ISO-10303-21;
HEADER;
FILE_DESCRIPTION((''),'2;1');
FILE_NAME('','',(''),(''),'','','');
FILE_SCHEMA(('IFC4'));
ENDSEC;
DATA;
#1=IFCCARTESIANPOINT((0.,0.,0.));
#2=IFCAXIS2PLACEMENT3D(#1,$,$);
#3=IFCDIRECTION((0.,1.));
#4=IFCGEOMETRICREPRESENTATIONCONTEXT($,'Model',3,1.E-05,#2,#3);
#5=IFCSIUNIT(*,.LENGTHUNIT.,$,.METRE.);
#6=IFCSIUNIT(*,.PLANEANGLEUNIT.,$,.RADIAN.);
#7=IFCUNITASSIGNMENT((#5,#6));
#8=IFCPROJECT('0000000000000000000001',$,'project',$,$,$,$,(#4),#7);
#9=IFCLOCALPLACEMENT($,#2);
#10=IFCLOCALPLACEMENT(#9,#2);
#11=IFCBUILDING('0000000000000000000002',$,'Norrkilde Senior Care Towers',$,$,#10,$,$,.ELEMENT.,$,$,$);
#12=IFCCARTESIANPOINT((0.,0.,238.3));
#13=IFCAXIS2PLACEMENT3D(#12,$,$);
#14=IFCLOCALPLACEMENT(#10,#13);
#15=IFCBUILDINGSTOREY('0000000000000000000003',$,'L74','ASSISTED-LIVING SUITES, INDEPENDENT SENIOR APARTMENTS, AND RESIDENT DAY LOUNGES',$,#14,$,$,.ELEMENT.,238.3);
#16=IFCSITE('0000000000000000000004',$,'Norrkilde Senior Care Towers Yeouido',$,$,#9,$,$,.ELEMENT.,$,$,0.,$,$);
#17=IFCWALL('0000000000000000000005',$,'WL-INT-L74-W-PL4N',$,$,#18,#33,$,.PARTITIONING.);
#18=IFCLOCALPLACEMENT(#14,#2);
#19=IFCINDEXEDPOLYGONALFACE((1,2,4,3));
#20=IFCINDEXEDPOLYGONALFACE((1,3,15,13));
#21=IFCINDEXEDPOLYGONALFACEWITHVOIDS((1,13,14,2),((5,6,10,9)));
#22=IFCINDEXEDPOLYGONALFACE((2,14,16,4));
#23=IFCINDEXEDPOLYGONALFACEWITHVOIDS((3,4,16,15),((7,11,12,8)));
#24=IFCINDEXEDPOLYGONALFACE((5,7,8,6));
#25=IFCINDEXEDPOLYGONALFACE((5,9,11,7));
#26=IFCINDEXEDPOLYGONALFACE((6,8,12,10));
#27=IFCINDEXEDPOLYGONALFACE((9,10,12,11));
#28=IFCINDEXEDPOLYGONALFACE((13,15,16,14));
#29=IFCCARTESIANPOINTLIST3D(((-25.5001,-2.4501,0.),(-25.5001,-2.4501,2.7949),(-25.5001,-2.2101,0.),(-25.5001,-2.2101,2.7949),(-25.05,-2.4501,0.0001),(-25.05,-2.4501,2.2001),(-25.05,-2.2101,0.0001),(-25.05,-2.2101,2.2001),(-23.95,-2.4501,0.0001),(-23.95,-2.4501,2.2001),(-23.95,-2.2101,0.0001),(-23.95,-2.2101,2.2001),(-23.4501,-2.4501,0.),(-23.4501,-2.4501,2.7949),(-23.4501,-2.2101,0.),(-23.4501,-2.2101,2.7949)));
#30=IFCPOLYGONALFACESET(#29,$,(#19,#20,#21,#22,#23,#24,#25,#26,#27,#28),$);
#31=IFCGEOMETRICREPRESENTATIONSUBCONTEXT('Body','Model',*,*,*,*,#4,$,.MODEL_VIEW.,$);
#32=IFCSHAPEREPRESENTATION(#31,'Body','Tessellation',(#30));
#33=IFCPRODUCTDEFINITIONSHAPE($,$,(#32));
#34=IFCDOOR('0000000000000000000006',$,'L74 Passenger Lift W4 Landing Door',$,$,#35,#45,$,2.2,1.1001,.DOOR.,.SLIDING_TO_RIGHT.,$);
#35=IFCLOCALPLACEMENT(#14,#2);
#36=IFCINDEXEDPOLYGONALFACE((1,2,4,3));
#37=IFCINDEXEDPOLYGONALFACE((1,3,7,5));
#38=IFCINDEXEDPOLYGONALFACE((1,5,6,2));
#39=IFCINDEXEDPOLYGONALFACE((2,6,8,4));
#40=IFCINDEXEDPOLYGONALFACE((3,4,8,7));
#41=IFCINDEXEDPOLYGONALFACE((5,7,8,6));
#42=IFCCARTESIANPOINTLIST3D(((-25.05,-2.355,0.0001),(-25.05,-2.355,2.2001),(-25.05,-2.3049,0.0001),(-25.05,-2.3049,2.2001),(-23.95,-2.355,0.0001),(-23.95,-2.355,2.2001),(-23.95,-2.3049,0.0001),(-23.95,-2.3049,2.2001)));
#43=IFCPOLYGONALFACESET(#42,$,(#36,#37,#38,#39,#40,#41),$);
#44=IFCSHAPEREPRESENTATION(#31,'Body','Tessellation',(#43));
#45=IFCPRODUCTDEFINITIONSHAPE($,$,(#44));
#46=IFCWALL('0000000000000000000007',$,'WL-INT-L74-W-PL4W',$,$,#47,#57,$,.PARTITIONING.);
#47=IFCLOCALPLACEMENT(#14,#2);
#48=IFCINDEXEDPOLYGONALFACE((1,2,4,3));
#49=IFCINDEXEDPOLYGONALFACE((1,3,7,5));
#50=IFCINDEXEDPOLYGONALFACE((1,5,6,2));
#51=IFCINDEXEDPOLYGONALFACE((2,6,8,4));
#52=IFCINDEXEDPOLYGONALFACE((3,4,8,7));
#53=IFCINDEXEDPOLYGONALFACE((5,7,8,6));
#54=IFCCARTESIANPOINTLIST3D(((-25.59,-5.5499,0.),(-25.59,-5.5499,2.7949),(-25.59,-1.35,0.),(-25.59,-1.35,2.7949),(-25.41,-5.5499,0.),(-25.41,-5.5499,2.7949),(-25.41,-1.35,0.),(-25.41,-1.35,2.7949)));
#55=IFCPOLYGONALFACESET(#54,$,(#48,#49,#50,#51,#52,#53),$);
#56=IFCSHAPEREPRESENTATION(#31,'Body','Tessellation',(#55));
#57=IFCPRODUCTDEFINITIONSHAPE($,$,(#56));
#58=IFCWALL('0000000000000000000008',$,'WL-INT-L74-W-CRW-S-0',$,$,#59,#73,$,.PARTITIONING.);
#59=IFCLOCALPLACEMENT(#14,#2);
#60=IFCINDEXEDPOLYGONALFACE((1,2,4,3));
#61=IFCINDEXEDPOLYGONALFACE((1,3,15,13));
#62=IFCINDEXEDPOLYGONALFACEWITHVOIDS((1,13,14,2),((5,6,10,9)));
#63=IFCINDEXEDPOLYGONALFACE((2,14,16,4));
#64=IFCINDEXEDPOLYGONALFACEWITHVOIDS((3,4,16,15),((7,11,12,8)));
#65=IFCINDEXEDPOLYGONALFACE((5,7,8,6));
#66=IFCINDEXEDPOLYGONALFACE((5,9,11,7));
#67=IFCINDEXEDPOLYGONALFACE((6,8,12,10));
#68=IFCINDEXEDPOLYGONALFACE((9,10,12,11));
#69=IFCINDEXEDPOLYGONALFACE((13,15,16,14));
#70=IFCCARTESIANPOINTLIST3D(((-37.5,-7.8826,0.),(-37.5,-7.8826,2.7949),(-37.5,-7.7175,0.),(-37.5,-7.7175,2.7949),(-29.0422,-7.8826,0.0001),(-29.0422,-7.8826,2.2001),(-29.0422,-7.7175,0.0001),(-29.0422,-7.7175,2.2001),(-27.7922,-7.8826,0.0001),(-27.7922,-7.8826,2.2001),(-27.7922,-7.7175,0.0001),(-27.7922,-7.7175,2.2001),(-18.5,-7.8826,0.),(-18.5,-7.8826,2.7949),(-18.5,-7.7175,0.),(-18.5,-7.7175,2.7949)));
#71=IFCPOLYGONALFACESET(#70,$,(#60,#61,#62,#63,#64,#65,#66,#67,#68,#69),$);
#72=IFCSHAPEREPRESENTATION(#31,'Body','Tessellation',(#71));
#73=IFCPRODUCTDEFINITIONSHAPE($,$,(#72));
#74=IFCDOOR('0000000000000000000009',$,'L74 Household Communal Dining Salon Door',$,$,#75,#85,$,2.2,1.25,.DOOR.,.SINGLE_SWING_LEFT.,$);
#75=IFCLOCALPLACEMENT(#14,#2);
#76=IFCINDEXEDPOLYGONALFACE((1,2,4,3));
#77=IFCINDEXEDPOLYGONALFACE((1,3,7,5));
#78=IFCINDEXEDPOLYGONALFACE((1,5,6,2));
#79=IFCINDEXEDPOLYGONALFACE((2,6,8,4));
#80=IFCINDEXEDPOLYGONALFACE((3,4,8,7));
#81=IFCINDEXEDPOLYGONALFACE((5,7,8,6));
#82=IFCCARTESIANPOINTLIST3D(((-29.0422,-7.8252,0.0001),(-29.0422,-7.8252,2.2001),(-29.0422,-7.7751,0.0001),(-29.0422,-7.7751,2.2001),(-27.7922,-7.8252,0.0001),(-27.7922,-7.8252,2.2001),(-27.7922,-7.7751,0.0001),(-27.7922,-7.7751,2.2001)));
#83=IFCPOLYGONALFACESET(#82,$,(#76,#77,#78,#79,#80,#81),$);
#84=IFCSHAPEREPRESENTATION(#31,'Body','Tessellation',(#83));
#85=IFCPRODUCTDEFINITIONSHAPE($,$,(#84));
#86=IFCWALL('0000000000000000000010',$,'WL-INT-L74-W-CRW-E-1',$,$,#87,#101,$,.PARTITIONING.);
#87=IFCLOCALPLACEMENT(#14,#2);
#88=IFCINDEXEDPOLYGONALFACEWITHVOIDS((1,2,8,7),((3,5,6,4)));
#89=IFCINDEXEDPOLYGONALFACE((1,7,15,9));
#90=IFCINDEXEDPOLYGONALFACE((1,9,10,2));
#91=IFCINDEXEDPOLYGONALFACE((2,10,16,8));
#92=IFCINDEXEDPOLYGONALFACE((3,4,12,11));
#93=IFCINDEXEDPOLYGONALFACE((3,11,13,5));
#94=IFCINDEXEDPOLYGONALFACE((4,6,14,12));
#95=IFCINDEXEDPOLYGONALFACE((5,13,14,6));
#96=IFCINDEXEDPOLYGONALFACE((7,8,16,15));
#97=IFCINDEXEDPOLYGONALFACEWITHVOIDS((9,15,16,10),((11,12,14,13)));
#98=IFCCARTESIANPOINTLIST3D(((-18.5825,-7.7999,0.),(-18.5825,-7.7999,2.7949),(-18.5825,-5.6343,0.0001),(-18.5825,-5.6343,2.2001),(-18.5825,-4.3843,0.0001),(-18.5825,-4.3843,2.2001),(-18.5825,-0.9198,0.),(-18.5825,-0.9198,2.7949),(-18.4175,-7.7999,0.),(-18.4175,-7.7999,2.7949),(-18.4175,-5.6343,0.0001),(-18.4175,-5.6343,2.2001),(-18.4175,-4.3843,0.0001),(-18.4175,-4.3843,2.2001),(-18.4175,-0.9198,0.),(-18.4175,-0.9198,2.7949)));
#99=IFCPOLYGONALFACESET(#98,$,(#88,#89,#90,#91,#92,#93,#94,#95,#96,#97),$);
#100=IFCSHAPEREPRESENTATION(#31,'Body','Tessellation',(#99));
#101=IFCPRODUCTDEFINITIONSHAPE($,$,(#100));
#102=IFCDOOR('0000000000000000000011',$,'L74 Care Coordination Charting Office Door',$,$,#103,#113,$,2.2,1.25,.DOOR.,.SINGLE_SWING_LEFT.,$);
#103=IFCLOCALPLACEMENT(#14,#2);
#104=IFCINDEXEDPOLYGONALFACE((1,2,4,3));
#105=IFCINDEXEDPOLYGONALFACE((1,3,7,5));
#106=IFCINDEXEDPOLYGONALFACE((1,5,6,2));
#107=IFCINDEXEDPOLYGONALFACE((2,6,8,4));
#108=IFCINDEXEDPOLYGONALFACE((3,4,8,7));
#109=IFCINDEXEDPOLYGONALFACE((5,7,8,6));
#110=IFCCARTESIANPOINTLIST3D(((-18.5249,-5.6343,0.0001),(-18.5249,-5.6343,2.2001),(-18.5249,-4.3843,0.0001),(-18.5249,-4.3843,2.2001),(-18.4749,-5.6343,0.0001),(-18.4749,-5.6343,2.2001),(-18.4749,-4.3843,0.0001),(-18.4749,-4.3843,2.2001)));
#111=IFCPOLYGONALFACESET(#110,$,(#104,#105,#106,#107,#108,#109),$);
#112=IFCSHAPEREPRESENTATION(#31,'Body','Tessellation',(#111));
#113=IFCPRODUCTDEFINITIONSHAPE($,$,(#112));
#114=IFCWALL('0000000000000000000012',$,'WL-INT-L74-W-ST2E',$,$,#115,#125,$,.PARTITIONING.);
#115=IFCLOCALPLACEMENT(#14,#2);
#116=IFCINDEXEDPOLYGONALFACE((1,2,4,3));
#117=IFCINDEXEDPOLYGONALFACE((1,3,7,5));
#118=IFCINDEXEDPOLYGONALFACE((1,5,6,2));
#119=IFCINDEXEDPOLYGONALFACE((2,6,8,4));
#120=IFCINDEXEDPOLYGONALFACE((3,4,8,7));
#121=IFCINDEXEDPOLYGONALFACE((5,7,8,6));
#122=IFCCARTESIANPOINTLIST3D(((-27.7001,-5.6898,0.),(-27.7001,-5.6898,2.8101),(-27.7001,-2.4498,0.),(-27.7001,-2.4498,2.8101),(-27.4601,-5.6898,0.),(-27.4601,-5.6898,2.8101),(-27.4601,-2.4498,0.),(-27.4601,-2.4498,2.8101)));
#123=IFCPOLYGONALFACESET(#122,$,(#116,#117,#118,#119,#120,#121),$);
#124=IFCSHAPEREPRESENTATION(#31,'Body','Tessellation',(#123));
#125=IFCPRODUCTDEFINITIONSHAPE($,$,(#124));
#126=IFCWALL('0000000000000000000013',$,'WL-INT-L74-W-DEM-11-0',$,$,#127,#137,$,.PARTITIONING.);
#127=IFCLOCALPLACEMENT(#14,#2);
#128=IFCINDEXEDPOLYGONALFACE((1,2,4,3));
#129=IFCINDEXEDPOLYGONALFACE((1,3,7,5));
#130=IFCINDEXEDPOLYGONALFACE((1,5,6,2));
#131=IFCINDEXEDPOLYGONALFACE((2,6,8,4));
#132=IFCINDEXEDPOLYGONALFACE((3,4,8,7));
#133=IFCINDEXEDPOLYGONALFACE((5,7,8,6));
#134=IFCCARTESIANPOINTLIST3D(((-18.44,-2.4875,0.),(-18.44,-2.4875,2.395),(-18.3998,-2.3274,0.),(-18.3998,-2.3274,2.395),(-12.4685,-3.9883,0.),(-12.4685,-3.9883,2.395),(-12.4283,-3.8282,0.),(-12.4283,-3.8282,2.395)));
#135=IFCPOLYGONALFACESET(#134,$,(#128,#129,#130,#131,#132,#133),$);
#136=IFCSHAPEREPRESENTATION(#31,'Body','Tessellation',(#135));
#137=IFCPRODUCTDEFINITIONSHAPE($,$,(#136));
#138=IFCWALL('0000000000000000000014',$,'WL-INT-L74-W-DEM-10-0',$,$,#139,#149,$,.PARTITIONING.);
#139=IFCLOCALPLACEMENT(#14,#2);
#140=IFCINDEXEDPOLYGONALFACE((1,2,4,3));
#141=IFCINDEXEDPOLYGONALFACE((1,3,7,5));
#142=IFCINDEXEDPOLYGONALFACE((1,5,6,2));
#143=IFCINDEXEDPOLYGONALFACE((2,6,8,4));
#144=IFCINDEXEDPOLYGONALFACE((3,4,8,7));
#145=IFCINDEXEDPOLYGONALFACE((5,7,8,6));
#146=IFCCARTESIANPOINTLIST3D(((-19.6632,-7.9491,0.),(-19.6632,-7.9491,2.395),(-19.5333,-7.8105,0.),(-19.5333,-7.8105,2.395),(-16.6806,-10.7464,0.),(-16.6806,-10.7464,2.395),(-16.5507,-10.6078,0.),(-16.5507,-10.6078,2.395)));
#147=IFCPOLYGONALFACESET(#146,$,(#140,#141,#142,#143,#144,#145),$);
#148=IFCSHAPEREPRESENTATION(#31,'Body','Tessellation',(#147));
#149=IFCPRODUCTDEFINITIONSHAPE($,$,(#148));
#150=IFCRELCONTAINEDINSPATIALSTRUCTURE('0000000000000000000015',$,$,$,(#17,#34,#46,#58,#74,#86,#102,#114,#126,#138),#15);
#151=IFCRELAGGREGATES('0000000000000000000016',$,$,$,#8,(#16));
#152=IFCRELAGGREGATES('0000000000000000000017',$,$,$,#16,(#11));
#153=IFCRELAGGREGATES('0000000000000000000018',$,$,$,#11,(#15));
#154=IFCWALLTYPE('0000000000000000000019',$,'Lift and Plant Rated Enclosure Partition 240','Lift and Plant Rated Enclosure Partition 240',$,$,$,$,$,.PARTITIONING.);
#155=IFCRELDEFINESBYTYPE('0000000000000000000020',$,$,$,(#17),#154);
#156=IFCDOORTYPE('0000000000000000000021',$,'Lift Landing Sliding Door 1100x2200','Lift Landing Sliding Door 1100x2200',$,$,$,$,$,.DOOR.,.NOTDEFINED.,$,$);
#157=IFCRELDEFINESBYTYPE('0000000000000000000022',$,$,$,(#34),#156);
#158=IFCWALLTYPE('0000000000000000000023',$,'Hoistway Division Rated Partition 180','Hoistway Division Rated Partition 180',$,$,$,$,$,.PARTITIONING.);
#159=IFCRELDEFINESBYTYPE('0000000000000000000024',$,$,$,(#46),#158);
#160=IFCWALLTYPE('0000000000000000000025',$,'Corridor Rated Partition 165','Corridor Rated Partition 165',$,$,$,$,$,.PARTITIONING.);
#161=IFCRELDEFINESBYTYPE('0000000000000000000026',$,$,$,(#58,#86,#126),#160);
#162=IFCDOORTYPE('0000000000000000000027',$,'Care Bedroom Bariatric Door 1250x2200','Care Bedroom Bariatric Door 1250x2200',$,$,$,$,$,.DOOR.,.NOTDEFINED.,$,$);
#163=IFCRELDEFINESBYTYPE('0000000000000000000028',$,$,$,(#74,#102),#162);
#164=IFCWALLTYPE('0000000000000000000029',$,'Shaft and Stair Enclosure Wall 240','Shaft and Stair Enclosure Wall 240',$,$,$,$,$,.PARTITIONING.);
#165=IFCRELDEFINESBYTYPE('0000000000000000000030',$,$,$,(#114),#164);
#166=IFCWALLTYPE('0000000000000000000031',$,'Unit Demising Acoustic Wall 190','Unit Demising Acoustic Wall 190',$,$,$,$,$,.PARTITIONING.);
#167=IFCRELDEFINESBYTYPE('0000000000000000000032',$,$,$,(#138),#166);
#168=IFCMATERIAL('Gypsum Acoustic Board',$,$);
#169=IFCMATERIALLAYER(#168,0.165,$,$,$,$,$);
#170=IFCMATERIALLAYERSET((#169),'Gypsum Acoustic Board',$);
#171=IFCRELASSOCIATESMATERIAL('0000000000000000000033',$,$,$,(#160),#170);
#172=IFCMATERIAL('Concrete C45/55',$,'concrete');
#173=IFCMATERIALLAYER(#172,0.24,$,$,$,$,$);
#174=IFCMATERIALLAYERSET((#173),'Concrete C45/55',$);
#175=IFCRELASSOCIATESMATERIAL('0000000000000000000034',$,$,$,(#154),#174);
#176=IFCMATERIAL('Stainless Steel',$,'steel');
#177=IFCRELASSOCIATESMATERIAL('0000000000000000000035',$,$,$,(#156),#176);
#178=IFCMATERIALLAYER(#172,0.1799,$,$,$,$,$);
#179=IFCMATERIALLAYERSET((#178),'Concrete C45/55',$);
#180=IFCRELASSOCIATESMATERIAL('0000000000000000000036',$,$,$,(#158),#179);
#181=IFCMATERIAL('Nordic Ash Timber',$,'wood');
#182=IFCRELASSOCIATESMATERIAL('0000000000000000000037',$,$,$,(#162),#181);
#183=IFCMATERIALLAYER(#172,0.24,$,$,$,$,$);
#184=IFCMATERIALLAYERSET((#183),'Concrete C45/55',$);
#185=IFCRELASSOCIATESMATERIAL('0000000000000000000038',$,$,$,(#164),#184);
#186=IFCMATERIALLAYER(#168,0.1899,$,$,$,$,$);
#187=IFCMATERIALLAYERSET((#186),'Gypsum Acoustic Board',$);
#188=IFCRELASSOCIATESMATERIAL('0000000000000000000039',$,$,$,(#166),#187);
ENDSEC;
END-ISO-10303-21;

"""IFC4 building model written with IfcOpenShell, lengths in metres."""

from ifc_helpers import new_model, si_unit, direction, frame, frame_2d, origin, place, context, subcontext, project, spatial, rectangle, extrude, source, transform, mapped, material, layer, layer_set, type_object, type_shapes, element, fill, save


model = new_model("IFC4")

# Units and contexts
model_context = context("Model", 3, precision=1e-05, world=origin(), true_north=direction((0.0, 1.0)))
body_context = subcontext(model_context, "Body", "Model", "MODEL_VIEW")
ifc_project = project(units=[si_unit("LENGTHUNIT", "METRE"), si_unit("PLANEANGLEUNIT", "RADIAN")], contexts=[model_context])

# Site, building, storey
site_placement = place(None, origin())
site = spatial("IfcSite", under=ifc_project, at=site_placement, Name="Norrkilde Senior Care Towers Yeouido", CompositionType="ELEMENT", RefElevation=0.0)
building_placement = place(site_placement, origin())
building = spatial("IfcBuilding", under=site, at=building_placement, Name="Norrkilde Senior Care Towers", CompositionType="ELEMENT")
storey_placement = place(building_placement, frame((0.0, 0.0, 238.3)))
storey = spatial("IfcBuildingStorey", under=building, at=storey_placement, Name="L74", Description="ASSISTED-LIVING SUITES, INDEPENDENT SENIOR APARTMENTS, AND RESIDENT DAY LOUNGES", CompositionType="ELEMENT", Elevation=238.3)

# Shared definitions
ifc_material_1 = material(Name="Concrete C45/55", Category="concrete")

# Shared definitions
ifc_material_2 = material(Name="Gypsum Acoustic Board")
ifc_layer_1 = layer(ifc_material_2, 0.165)
ifc_layer_set_1 = layer_set([ifc_layer_1], Name="Gypsum Acoustic Board")
wall_type_1 = type_object("IfcWallType", Name="Corridor Rated Partition 165", Description="Corridor Rated Partition 165", PredefinedType="PARTITIONING", material=ifc_layer_set_1)

# Wall, opening, door
ifc_layer_2 = layer(ifc_material_1, 0.24)
ifc_layer_set_2 = layer_set([ifc_layer_2], Name="Concrete C45/55")
wall_type_2 = type_object("IfcWallType", Name="Lift and Plant Rated Enclosure Partition 240", Description="Lift and Plant Rated Enclosure Partition 240", PredefinedType="PARTITIONING", material=ifc_layer_set_2)
shared_shape_1 = source(origin(), body_context, "Body", "SweptSolid", [
    extrude(rectangle(XDim=2.05, YDim=0.24, at=frame_2d((1.0249, 0.0))), origin(), (0.0, 0.0, 1.0), 2.7949),
])
type_shapes(wall_type_2, [shared_shape_1])
wall_1_placement = place(storey_placement, frame((-25.5, -2.3301, 0.0), z_axis=(0.0, 0.0, 1.0), x_axis=(1.0, 0.0, 0.0)))
wall_1 = element("IfcWall", 1, at=wall_1_placement, inside=storey, type_object=wall_type_2, Name="WL-INT-L74-W-PL4N", PredefinedType="PARTITIONING", context=body_context, shape_type="MappedRepresentation", body=[
    mapped(shared_shape_1, transform((0.0, 0.0, 0.0), x_axis=(1.0, 0.0, 0.0), y_axis=(0.0, 1.0, 0.0), z_axis=(0.0, 0.0, 1.0), scale=1.0)),
])
opening_1_placement = place(wall_1_placement, frame((0.45, 0.0, 0.0)))
opening_1 = element("IfcOpeningElement", 2, at=opening_1_placement, cuts=wall_1, PredefinedType="OPENING", context=body_context, shape_type="SweptSolid", body=[
    extrude(rectangle(XDim=1.1001, YDim=2.2, at=frame_2d((0.55, 1.1001))), frame((0.0, 0.1299, 0.0), z_axis=(0.0, -1.0, 0.0), x_axis=(1.0, 0.0, 0.0)), (0.0, 0.0, 1.0), 0.26),
])
ifc_material_3 = material(Name="Stainless Steel", Category="steel")
door_type_1 = type_object("IfcDoorType", Name="Lift Landing Sliding Door 1100x2200", Description="Lift Landing Sliding Door 1100x2200", OperationType="NOTDEFINED", PredefinedType="DOOR", material=ifc_material_3)
shared_shape_2 = source(origin(), body_context, "Body", "SweptSolid", [
    extrude(rectangle(XDim=1.1001, YDim=2.2, at=frame_2d((0.55, 1.1001))), frame((0.0, 0.0249, 0.0), z_axis=(0.0, -1.0, 0.0), x_axis=(1.0, 0.0, 0.0)), (0.0, 0.0, 1.0), 0.05),
])
type_shapes(door_type_1, [shared_shape_2])
door_1_placement = place(opening_1_placement, frame((1.1001, 0.0, 0.0), z_axis=(0.0, 0.0, 1.0), x_axis=(-1.0, 0.0, 0.0)))
door_1 = element("IfcDoor", 3, at=door_1_placement, inside=storey, type_object=door_type_1, Name="L74 Passenger Lift W4 Landing Door", OperationType="SLIDING_TO_RIGHT", OverallHeight=2.2, OverallWidth=1.1001, PredefinedType="DOOR", context=body_context, shape_type="MappedRepresentation", body=[
    mapped(shared_shape_2, transform((0.0, 0.0, 0.0), x_axis=(1.0, 0.0, 0.0), y_axis=(0.0, 1.0, 0.0), z_axis=(0.0, 0.0, 1.0), scale=1.0)),
])
fill(opening_1, door_1)

# Wall
ifc_layer_3 = layer(ifc_material_1, 0.1799)
ifc_layer_set_3 = layer_set([ifc_layer_3], Name="Concrete C45/55")
wall_type_3 = type_object("IfcWallType", Name="Hoistway Division Rated Partition 180", Description="Hoistway Division Rated Partition 180", PredefinedType="PARTITIONING", material=ifc_layer_set_3)
shared_shape_3 = source(origin(), body_context, "Body", "SweptSolid", [
    extrude(rectangle(XDim=4.2, YDim=0.1799, at=frame_2d((2.1001, 0.0))), origin(), (0.0, 0.0, 1.0), 2.7949),
])
type_shapes(wall_type_3, [shared_shape_3])
wall_2_placement = place(storey_placement, frame((-25.5, -5.55, 0.0), z_axis=(0.0, 0.0, 1.0), x_axis=(0.0, 1.0, 0.0)))
element("IfcWall", 4, at=wall_2_placement, inside=storey, type_object=wall_type_3, Name="WL-INT-L74-W-PL4W", PredefinedType="PARTITIONING", context=body_context, shape_type="MappedRepresentation", body=[
    mapped(shared_shape_3, transform((0.0, 0.0, 0.0), x_axis=(1.0, 0.0, 0.0), y_axis=(0.0, 1.0, 0.0), z_axis=(0.0, 0.0, 1.0), scale=1.0)),
])

# Walls, openings, doors
shared_shape_4 = source(origin(), body_context, "Body", "SweptSolid", [
    extrude(rectangle(XDim=19.0, YDim=0.165, at=frame_2d((9.5, 0.0))), origin(), (0.0, 0.0, 1.0), 2.7949),
])
wall_3_placement = place(storey_placement, frame((-18.5, -7.8, 0.0), z_axis=(0.0, 0.0, 1.0), x_axis=(-1.0, 0.0, 0.0)))
wall_3 = element("IfcWall", 5, at=wall_3_placement, inside=storey, type_object=wall_type_1, Name="WL-INT-L74-W-CRW-S-0", PredefinedType="PARTITIONING", context=body_context, shape_type="MappedRepresentation", body=[
    mapped(shared_shape_4, transform((0.0, 0.0, 0.0), x_axis=(1.0, 0.0, 0.0), y_axis=(0.0, 1.0, 0.0), z_axis=(0.0, 0.0, 1.0), scale=1.0)),
])
opening_2_placement = place(wall_3_placement, frame((9.2922, 0.0, 0.0)))
opening_2 = element("IfcOpeningElement", 6, at=opening_2_placement, cuts=wall_3, PredefinedType="OPENING", context=body_context, shape_type="SweptSolid", body=[
    extrude(rectangle(XDim=1.25, YDim=2.2, at=frame_2d((0.625, 1.1001))), frame((0.0, 0.0925, 0.0), z_axis=(0.0, -1.0, 0.0), x_axis=(1.0, 0.0, 0.0)), (0.0, 0.0, 1.0), 0.1851),
])
ifc_material_4 = material(Name="Nordic Ash Timber", Category="wood")
door_type_2 = type_object("IfcDoorType", Name="Care Bedroom Bariatric Door 1250x2200", Description="Care Bedroom Bariatric Door 1250x2200", OperationType="NOTDEFINED", PredefinedType="DOOR", material=ifc_material_4)
shared_shape_5 = source(origin(), body_context, "Body", "SweptSolid", [
    extrude(rectangle(XDim=1.25, YDim=2.2, at=frame_2d((0.625, 1.1001))), frame((0.0, 0.0249, 0.0), z_axis=(0.0, -1.0, 0.0), x_axis=(1.0, 0.0, 0.0)), (0.0, 0.0, 1.0), 0.05),
])
type_shapes(door_type_2, [shared_shape_5])
door_2_placement = place(opening_2_placement, frame((1.25, 0.0, 0.0), z_axis=(0.0, 0.0, 1.0), x_axis=(-1.0, 0.0, 0.0)))
door_2 = element("IfcDoor", 7, at=door_2_placement, inside=storey, type_object=door_type_2, Name="L74 Household Communal Dining Salon Door", OperationType="SINGLE_SWING_LEFT", OverallHeight=2.2, OverallWidth=1.25, PredefinedType="DOOR", context=body_context, shape_type="MappedRepresentation", body=[
    mapped(shared_shape_5, transform((0.0, 0.0, 0.0), x_axis=(1.0, 0.0, 0.0), y_axis=(0.0, 1.0, 0.0), z_axis=(0.0, 0.0, 1.0), scale=1.0)),
])
fill(opening_2, door_2)
shared_shape_6 = source(origin(), body_context, "Body", "SweptSolid", [
    extrude(rectangle(XDim=6.8801, YDim=0.165, at=frame_2d((3.4399, 0.0))), origin(), (0.0, 0.0, 1.0), 2.7949),
])
wall_4_placement = place(storey_placement, frame((-18.5, -0.9199, 0.0), z_axis=(0.0, 0.0, 1.0), x_axis=(0.0, -1.0, 0.0)))
wall_4 = element("IfcWall", 8, at=wall_4_placement, inside=storey, type_object=wall_type_1, Name="WL-INT-L74-W-CRW-E-1", PredefinedType="PARTITIONING", context=body_context, shape_type="MappedRepresentation", body=[
    mapped(shared_shape_6, transform((0.0, 0.0, 0.0), x_axis=(1.0, 0.0, 0.0), y_axis=(0.0, 1.0, 0.0), z_axis=(0.0, 0.0, 1.0), scale=1.0)),
])
opening_3_placement = place(wall_4_placement, frame((3.4644, 0.0, 0.0)))
opening_3 = element("IfcOpeningElement", 9, at=opening_3_placement, cuts=wall_4, PredefinedType="OPENING", context=body_context, shape_type="SweptSolid", body=[
    extrude(rectangle(XDim=1.25, YDim=2.2, at=frame_2d((0.625, 1.1001))), frame((0.0, 0.0925, 0.0), z_axis=(0.0, -1.0, 0.0), x_axis=(1.0, 0.0, 0.0)), (0.0, 0.0, 1.0), 0.1851),
])
door_3_placement = place(opening_3_placement, frame((1.25, 0.0, 0.0), z_axis=(0.0, 0.0, 1.0), x_axis=(-1.0, 0.0, 0.0)))
door_3 = element("IfcDoor", 10, at=door_3_placement, inside=storey, type_object=door_type_2, Name="L74 Care Coordination Charting Office Door", OperationType="SINGLE_SWING_LEFT", OverallHeight=2.2, OverallWidth=1.25, PredefinedType="DOOR", context=body_context, shape_type="MappedRepresentation", body=[
    mapped(shared_shape_5, transform((0.0, 0.0, 0.0), x_axis=(1.0, 0.0, 0.0), y_axis=(0.0, 1.0, 0.0), z_axis=(0.0, 0.0, 1.0), scale=1.0)),
])
fill(opening_3, door_3)

# Walls
ifc_layer_4 = layer(ifc_material_1, 0.24)
ifc_layer_set_4 = layer_set([ifc_layer_4], Name="Concrete C45/55")
wall_type_4 = type_object("IfcWallType", Name="Shaft and Stair Enclosure Wall 240", Description="Shaft and Stair Enclosure Wall 240", PredefinedType="PARTITIONING", material=ifc_layer_set_4)
shared_shape_7 = source(origin(), body_context, "Body", "SweptSolid", [
    extrude(rectangle(XDim=3.24, YDim=0.24, at=frame_2d((1.6201, 0.0))), origin(), (0.0, 0.0, 1.0), 2.8101),
])
type_shapes(wall_type_4, [shared_shape_7])
wall_5_placement = place(storey_placement, frame((-27.5801, -5.6899, 0.0), z_axis=(0.0, 0.0, 1.0), x_axis=(0.0, 1.0, 0.0)))
element("IfcWall", 11, at=wall_5_placement, inside=storey, type_object=wall_type_4, Name="WL-INT-L74-W-ST2E", PredefinedType="PARTITIONING", context=body_context, shape_type="MappedRepresentation", body=[
    mapped(shared_shape_7, transform((0.0, 0.0, 0.0), x_axis=(1.0, 0.0, 0.0), y_axis=(0.0, 1.0, 0.0), z_axis=(0.0, 0.0, 1.0), scale=1.0)),
])
shared_shape_8 = source(origin(), body_context, "Body", "SweptSolid", [
    extrude(rectangle(XDim=6.1572, YDim=0.165, at=frame_2d((3.0786, 0.0))), origin(), (0.0, 0.0, 1.0), 2.395),
])
wall_6_placement = place(storey_placement, frame((-18.4199, -2.4075, 0.0), z_axis=(0.0, 0.0, 1.0), x_axis=(0.969841, -0.243739, 0.0)))
element("IfcWall", 12, at=wall_6_placement, inside=storey, type_object=wall_type_1, Name="WL-INT-L74-W-DEM-11-0", PredefinedType="PARTITIONING", context=body_context, shape_type="MappedRepresentation", body=[
    mapped(shared_shape_8, transform((0.0, 0.0, 0.0), x_axis=(1.0, 0.0, 0.0), y_axis=(0.0, 1.0, 0.0), z_axis=(0.0, 0.0, 1.0), scale=1.0)),
])
ifc_layer_5 = layer(ifc_material_2, 0.1899)
ifc_layer_set_5 = layer_set([ifc_layer_5], Name="Gypsum Acoustic Board")
wall_type_5 = type_object("IfcWallType", Name="Unit Demising Acoustic Wall 190", Description="Unit Demising Acoustic Wall 190", PredefinedType="PARTITIONING", material=ifc_layer_set_5)
shared_shape_9 = source(origin(), body_context, "Body", "SweptSolid", [
    extrude(rectangle(XDim=4.0891, YDim=0.1899, at=frame_2d((2.0444, 0.0))), origin(), (0.0, 0.0, 1.0), 2.395),
])
type_shapes(wall_type_5, [shared_shape_9])
wall_7_placement = place(storey_placement, frame((-19.5981, -7.8799, 0.0), z_axis=(0.0, 0.0, 1.0), x_axis=(0.729401, -0.684086, 0.0)))
element("IfcWall", 13, at=wall_7_placement, inside=storey, type_object=wall_type_5, Name="WL-INT-L74-W-DEM-10-0", PredefinedType="PARTITIONING", context=body_context, shape_type="MappedRepresentation", body=[
    mapped(shared_shape_9, transform((0.0, 0.0, 0.0), x_axis=(1.0, 0.0, 0.0), y_axis=(0.0, 1.0, 0.0), z_axis=(0.0, 0.0, 1.0), scale=1.0)),
])

save(model, "model.ifc")
